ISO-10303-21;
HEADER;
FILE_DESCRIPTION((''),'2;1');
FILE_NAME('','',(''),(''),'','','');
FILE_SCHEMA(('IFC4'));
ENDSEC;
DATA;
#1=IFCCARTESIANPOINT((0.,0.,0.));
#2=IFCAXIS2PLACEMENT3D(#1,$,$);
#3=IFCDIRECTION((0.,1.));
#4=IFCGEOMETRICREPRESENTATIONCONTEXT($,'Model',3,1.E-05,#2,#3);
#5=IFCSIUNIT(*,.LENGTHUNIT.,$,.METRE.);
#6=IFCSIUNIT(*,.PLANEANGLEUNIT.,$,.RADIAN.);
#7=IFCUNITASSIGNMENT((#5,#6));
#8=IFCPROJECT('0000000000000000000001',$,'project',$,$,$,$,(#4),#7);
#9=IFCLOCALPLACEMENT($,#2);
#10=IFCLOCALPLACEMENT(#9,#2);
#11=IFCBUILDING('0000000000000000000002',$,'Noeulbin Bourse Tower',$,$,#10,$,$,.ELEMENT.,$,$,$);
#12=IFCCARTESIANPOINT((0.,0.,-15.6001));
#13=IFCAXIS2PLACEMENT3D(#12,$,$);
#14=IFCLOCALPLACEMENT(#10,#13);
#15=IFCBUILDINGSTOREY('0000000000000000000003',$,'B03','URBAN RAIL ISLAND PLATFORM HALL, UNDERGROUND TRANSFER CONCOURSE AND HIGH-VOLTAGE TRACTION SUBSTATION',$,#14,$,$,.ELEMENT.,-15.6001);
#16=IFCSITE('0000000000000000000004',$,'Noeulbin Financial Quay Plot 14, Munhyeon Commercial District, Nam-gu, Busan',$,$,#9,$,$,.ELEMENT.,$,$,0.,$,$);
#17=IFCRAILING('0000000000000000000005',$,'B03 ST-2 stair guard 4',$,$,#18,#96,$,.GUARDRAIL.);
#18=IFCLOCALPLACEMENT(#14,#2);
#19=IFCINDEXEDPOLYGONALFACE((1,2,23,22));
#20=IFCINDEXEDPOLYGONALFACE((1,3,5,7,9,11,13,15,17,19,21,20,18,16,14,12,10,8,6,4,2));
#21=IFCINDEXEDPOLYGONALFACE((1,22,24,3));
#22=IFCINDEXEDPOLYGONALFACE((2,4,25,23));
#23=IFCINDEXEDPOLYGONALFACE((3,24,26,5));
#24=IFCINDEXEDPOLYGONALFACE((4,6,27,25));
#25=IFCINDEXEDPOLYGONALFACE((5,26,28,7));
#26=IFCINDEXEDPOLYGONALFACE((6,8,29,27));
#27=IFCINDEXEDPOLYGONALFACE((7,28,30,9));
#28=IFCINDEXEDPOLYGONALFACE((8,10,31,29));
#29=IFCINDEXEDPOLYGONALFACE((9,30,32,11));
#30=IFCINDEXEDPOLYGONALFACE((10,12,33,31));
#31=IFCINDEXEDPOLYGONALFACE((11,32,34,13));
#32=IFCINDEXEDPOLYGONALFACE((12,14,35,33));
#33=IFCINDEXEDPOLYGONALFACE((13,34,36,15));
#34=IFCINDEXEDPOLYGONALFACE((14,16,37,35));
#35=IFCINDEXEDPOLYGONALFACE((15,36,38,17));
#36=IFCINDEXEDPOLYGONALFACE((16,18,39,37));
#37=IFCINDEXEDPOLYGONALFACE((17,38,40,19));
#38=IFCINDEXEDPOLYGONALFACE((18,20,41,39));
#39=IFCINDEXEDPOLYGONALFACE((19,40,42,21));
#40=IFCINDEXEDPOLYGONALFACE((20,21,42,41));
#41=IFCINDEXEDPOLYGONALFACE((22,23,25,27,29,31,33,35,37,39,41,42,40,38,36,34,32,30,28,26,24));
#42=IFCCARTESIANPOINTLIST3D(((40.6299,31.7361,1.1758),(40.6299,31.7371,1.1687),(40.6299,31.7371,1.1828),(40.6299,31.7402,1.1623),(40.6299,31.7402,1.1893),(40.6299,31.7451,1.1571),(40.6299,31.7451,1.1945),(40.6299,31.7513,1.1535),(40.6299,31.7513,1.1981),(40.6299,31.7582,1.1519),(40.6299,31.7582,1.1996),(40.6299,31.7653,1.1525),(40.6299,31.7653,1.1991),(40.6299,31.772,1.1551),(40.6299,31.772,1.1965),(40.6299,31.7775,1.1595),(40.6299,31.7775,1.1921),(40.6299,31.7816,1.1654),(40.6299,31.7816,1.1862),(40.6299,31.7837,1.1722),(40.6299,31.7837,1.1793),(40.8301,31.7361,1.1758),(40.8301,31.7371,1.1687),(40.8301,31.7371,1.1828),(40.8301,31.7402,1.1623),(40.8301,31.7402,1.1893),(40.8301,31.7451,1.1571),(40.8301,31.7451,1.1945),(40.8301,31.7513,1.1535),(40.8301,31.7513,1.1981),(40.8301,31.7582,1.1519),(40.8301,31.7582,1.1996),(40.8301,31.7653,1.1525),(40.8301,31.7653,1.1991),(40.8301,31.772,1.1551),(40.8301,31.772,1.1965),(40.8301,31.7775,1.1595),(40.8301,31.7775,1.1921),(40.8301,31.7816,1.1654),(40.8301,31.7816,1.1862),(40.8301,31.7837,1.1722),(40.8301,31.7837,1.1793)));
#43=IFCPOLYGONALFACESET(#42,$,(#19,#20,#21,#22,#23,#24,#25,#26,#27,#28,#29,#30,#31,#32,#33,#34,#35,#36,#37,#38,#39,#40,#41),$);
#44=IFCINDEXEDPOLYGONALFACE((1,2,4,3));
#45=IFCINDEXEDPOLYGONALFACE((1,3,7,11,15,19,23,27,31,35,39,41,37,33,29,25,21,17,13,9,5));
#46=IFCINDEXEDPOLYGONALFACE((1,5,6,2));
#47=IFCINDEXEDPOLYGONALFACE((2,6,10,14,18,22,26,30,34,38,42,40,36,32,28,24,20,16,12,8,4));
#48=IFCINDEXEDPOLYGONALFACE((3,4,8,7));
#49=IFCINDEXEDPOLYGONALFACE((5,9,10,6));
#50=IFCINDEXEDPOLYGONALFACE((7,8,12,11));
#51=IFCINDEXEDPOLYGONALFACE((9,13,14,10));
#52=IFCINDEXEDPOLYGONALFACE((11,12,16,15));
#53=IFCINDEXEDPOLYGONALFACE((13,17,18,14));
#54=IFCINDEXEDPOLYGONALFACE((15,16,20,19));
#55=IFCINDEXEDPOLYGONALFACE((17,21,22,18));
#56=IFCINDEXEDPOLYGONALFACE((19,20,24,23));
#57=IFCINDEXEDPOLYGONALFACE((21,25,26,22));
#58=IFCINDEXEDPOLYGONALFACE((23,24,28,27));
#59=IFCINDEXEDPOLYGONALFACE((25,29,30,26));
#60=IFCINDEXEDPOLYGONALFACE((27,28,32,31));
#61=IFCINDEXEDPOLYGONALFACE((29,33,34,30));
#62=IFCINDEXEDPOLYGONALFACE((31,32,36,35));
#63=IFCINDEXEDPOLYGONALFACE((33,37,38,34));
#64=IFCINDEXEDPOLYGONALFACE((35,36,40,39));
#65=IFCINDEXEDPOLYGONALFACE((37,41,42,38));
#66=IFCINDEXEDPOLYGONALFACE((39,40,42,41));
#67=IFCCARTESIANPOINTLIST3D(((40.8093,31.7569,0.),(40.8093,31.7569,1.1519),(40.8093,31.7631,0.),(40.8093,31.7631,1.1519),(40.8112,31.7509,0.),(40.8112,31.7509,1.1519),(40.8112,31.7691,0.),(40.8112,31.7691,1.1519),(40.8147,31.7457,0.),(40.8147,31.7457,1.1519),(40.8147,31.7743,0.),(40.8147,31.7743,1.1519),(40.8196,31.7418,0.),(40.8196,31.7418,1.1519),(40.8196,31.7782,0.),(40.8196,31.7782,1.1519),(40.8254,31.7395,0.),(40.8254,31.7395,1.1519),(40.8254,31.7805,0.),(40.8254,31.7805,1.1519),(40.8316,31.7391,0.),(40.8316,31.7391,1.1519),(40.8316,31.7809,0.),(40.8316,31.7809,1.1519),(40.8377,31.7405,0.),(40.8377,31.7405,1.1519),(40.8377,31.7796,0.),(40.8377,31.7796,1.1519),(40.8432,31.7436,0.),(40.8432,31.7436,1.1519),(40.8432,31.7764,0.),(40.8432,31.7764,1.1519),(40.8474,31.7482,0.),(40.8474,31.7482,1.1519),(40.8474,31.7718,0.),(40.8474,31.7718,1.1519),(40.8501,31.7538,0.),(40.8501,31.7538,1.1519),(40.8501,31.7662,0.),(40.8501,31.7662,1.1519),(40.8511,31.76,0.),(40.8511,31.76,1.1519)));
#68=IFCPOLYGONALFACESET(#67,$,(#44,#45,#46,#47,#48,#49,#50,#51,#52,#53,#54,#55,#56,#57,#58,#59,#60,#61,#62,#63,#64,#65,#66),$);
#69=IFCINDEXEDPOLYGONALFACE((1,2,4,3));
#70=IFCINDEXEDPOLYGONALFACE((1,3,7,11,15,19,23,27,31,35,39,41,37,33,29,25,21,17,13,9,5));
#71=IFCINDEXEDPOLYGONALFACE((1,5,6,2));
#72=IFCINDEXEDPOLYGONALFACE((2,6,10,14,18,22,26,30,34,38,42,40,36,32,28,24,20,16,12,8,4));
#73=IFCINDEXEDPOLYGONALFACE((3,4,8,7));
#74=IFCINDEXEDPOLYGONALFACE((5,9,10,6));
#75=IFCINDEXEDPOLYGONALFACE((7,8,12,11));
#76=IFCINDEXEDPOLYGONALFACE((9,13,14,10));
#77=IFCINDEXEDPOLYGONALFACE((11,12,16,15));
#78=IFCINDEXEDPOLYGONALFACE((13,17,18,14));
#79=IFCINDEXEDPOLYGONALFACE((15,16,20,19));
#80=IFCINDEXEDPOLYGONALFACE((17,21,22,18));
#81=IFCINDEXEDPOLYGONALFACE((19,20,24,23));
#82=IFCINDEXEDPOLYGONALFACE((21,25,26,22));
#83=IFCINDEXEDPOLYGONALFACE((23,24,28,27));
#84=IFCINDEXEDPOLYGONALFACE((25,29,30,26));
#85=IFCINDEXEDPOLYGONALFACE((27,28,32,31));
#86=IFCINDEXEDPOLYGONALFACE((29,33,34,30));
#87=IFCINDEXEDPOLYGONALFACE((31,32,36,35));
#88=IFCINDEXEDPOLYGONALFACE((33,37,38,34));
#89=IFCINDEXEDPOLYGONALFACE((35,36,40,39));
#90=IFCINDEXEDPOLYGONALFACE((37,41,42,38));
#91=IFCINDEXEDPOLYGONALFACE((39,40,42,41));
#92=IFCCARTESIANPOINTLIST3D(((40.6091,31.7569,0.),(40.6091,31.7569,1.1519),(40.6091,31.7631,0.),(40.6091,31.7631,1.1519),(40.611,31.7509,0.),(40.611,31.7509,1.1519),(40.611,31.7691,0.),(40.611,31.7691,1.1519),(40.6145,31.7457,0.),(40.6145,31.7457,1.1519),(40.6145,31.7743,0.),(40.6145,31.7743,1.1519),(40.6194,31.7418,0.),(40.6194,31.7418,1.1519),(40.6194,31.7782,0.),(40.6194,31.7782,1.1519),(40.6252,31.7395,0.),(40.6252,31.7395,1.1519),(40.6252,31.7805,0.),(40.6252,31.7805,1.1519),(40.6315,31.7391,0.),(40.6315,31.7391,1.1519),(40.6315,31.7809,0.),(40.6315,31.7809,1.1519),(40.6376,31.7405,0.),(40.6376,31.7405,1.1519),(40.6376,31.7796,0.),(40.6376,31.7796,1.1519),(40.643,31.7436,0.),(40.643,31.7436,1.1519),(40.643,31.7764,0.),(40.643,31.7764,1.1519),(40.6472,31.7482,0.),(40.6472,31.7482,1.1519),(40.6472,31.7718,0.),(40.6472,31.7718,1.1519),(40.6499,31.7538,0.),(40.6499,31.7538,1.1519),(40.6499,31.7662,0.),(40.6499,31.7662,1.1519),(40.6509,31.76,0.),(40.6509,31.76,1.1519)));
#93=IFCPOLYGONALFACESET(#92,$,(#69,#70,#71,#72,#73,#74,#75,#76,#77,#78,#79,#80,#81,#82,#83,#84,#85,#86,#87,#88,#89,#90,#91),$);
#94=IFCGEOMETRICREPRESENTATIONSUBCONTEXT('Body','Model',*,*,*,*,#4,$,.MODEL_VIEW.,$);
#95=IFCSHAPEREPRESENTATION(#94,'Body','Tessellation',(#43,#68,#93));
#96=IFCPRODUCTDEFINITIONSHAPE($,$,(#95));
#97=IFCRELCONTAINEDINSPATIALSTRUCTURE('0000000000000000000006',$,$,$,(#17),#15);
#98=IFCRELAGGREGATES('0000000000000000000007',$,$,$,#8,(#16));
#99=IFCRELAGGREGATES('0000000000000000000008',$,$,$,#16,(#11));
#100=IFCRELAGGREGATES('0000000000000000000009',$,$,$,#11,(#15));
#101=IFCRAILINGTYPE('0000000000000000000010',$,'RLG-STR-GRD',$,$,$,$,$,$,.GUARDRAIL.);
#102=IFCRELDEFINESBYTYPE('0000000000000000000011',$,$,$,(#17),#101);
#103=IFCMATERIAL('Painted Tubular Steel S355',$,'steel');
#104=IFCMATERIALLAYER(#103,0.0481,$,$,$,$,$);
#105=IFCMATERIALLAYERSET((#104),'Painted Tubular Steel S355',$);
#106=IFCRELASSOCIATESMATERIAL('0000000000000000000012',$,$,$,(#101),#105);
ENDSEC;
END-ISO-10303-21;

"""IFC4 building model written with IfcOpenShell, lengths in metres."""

from ifc_helpers import new_model, si_unit, direction, frame, origin, origin_2d, place, context, subcontext, project, spatial, circle, extrude, material, layer, layer_set, type_object, element, save


model = new_model("IFC4")

# Units and contexts
model_context = context("Model", 3, precision=1e-05, world=origin(), true_north=direction((0.0, 1.0)))
body_context = subcontext(model_context, "Body", "Model", "MODEL_VIEW")
ifc_project = project(units=[si_unit("LENGTHUNIT", "METRE"), si_unit("PLANEANGLEUNIT", "RADIAN")], contexts=[model_context])

# Site, building, storey
site_placement = place(None, origin())
site = spatial("IfcSite", under=ifc_project, at=site_placement, Name="Noeulbin Financial Quay Plot 14, Munhyeon Commercial District, Nam-gu, Busan", CompositionType="ELEMENT", RefElevation=0.0)
building_placement = place(site_placement, origin())
building = spatial("IfcBuilding", under=site, at=building_placement, Name="Noeulbin Bourse Tower", CompositionType="ELEMENT")
storey_placement = place(building_placement, frame((0.0, 0.0, -15.6001)))
storey = spatial("IfcBuildingStorey", under=building, at=storey_placement, Name="B03", Description="URBAN RAIL ISLAND PLATFORM HALL, UNDERGROUND TRANSFER CONCOURSE AND HIGH-VOLTAGE TRACTION SUBSTATION", CompositionType="ELEMENT", Elevation=-15.6001)

# Railing
ifc_material_1 = material(Name="Painted Tubular Steel S355", Category="steel")
ifc_layer_1 = layer(ifc_material_1, 0.0481)
ifc_layer_set_1 = layer_set([ifc_layer_1], Name="Painted Tubular Steel S355")
railing_type_1 = type_object("IfcRailingType", Name="RLG-STR-GRD", PredefinedType="GUARDRAIL", material=ifc_layer_set_1)
railing_1_placement = place(storey_placement, frame((40.8301, 31.76, 0.0)))
element("IfcRailing", 1, at=railing_1_placement, inside=storey, type_object=railing_type_1, Name="B03 ST-2 stair guard 4", PredefinedType="GUARDRAIL", context=body_context, shape_type="SweptSolid", body=[
    extrude(circle(Radius=0.0239, at=origin_2d()), frame((0.0, 0.0, 1.1758), z_axis=(-1.0, 0.0, 0.0), x_axis=(0.0, -1.0, 0.0)), (0.0, 0.0, 1.0), 0.2002),
    extrude(circle(Radius=0.021, at=origin_2d()), origin(), (0.0, 0.0, 1.0), 1.1519),
    extrude(circle(Radius=0.021, at=origin_2d()), frame((-0.2002, 0.0, 0.0)), (0.0, 0.0, 1.0), 1.1519),
])

save(model, "model.ifc")
